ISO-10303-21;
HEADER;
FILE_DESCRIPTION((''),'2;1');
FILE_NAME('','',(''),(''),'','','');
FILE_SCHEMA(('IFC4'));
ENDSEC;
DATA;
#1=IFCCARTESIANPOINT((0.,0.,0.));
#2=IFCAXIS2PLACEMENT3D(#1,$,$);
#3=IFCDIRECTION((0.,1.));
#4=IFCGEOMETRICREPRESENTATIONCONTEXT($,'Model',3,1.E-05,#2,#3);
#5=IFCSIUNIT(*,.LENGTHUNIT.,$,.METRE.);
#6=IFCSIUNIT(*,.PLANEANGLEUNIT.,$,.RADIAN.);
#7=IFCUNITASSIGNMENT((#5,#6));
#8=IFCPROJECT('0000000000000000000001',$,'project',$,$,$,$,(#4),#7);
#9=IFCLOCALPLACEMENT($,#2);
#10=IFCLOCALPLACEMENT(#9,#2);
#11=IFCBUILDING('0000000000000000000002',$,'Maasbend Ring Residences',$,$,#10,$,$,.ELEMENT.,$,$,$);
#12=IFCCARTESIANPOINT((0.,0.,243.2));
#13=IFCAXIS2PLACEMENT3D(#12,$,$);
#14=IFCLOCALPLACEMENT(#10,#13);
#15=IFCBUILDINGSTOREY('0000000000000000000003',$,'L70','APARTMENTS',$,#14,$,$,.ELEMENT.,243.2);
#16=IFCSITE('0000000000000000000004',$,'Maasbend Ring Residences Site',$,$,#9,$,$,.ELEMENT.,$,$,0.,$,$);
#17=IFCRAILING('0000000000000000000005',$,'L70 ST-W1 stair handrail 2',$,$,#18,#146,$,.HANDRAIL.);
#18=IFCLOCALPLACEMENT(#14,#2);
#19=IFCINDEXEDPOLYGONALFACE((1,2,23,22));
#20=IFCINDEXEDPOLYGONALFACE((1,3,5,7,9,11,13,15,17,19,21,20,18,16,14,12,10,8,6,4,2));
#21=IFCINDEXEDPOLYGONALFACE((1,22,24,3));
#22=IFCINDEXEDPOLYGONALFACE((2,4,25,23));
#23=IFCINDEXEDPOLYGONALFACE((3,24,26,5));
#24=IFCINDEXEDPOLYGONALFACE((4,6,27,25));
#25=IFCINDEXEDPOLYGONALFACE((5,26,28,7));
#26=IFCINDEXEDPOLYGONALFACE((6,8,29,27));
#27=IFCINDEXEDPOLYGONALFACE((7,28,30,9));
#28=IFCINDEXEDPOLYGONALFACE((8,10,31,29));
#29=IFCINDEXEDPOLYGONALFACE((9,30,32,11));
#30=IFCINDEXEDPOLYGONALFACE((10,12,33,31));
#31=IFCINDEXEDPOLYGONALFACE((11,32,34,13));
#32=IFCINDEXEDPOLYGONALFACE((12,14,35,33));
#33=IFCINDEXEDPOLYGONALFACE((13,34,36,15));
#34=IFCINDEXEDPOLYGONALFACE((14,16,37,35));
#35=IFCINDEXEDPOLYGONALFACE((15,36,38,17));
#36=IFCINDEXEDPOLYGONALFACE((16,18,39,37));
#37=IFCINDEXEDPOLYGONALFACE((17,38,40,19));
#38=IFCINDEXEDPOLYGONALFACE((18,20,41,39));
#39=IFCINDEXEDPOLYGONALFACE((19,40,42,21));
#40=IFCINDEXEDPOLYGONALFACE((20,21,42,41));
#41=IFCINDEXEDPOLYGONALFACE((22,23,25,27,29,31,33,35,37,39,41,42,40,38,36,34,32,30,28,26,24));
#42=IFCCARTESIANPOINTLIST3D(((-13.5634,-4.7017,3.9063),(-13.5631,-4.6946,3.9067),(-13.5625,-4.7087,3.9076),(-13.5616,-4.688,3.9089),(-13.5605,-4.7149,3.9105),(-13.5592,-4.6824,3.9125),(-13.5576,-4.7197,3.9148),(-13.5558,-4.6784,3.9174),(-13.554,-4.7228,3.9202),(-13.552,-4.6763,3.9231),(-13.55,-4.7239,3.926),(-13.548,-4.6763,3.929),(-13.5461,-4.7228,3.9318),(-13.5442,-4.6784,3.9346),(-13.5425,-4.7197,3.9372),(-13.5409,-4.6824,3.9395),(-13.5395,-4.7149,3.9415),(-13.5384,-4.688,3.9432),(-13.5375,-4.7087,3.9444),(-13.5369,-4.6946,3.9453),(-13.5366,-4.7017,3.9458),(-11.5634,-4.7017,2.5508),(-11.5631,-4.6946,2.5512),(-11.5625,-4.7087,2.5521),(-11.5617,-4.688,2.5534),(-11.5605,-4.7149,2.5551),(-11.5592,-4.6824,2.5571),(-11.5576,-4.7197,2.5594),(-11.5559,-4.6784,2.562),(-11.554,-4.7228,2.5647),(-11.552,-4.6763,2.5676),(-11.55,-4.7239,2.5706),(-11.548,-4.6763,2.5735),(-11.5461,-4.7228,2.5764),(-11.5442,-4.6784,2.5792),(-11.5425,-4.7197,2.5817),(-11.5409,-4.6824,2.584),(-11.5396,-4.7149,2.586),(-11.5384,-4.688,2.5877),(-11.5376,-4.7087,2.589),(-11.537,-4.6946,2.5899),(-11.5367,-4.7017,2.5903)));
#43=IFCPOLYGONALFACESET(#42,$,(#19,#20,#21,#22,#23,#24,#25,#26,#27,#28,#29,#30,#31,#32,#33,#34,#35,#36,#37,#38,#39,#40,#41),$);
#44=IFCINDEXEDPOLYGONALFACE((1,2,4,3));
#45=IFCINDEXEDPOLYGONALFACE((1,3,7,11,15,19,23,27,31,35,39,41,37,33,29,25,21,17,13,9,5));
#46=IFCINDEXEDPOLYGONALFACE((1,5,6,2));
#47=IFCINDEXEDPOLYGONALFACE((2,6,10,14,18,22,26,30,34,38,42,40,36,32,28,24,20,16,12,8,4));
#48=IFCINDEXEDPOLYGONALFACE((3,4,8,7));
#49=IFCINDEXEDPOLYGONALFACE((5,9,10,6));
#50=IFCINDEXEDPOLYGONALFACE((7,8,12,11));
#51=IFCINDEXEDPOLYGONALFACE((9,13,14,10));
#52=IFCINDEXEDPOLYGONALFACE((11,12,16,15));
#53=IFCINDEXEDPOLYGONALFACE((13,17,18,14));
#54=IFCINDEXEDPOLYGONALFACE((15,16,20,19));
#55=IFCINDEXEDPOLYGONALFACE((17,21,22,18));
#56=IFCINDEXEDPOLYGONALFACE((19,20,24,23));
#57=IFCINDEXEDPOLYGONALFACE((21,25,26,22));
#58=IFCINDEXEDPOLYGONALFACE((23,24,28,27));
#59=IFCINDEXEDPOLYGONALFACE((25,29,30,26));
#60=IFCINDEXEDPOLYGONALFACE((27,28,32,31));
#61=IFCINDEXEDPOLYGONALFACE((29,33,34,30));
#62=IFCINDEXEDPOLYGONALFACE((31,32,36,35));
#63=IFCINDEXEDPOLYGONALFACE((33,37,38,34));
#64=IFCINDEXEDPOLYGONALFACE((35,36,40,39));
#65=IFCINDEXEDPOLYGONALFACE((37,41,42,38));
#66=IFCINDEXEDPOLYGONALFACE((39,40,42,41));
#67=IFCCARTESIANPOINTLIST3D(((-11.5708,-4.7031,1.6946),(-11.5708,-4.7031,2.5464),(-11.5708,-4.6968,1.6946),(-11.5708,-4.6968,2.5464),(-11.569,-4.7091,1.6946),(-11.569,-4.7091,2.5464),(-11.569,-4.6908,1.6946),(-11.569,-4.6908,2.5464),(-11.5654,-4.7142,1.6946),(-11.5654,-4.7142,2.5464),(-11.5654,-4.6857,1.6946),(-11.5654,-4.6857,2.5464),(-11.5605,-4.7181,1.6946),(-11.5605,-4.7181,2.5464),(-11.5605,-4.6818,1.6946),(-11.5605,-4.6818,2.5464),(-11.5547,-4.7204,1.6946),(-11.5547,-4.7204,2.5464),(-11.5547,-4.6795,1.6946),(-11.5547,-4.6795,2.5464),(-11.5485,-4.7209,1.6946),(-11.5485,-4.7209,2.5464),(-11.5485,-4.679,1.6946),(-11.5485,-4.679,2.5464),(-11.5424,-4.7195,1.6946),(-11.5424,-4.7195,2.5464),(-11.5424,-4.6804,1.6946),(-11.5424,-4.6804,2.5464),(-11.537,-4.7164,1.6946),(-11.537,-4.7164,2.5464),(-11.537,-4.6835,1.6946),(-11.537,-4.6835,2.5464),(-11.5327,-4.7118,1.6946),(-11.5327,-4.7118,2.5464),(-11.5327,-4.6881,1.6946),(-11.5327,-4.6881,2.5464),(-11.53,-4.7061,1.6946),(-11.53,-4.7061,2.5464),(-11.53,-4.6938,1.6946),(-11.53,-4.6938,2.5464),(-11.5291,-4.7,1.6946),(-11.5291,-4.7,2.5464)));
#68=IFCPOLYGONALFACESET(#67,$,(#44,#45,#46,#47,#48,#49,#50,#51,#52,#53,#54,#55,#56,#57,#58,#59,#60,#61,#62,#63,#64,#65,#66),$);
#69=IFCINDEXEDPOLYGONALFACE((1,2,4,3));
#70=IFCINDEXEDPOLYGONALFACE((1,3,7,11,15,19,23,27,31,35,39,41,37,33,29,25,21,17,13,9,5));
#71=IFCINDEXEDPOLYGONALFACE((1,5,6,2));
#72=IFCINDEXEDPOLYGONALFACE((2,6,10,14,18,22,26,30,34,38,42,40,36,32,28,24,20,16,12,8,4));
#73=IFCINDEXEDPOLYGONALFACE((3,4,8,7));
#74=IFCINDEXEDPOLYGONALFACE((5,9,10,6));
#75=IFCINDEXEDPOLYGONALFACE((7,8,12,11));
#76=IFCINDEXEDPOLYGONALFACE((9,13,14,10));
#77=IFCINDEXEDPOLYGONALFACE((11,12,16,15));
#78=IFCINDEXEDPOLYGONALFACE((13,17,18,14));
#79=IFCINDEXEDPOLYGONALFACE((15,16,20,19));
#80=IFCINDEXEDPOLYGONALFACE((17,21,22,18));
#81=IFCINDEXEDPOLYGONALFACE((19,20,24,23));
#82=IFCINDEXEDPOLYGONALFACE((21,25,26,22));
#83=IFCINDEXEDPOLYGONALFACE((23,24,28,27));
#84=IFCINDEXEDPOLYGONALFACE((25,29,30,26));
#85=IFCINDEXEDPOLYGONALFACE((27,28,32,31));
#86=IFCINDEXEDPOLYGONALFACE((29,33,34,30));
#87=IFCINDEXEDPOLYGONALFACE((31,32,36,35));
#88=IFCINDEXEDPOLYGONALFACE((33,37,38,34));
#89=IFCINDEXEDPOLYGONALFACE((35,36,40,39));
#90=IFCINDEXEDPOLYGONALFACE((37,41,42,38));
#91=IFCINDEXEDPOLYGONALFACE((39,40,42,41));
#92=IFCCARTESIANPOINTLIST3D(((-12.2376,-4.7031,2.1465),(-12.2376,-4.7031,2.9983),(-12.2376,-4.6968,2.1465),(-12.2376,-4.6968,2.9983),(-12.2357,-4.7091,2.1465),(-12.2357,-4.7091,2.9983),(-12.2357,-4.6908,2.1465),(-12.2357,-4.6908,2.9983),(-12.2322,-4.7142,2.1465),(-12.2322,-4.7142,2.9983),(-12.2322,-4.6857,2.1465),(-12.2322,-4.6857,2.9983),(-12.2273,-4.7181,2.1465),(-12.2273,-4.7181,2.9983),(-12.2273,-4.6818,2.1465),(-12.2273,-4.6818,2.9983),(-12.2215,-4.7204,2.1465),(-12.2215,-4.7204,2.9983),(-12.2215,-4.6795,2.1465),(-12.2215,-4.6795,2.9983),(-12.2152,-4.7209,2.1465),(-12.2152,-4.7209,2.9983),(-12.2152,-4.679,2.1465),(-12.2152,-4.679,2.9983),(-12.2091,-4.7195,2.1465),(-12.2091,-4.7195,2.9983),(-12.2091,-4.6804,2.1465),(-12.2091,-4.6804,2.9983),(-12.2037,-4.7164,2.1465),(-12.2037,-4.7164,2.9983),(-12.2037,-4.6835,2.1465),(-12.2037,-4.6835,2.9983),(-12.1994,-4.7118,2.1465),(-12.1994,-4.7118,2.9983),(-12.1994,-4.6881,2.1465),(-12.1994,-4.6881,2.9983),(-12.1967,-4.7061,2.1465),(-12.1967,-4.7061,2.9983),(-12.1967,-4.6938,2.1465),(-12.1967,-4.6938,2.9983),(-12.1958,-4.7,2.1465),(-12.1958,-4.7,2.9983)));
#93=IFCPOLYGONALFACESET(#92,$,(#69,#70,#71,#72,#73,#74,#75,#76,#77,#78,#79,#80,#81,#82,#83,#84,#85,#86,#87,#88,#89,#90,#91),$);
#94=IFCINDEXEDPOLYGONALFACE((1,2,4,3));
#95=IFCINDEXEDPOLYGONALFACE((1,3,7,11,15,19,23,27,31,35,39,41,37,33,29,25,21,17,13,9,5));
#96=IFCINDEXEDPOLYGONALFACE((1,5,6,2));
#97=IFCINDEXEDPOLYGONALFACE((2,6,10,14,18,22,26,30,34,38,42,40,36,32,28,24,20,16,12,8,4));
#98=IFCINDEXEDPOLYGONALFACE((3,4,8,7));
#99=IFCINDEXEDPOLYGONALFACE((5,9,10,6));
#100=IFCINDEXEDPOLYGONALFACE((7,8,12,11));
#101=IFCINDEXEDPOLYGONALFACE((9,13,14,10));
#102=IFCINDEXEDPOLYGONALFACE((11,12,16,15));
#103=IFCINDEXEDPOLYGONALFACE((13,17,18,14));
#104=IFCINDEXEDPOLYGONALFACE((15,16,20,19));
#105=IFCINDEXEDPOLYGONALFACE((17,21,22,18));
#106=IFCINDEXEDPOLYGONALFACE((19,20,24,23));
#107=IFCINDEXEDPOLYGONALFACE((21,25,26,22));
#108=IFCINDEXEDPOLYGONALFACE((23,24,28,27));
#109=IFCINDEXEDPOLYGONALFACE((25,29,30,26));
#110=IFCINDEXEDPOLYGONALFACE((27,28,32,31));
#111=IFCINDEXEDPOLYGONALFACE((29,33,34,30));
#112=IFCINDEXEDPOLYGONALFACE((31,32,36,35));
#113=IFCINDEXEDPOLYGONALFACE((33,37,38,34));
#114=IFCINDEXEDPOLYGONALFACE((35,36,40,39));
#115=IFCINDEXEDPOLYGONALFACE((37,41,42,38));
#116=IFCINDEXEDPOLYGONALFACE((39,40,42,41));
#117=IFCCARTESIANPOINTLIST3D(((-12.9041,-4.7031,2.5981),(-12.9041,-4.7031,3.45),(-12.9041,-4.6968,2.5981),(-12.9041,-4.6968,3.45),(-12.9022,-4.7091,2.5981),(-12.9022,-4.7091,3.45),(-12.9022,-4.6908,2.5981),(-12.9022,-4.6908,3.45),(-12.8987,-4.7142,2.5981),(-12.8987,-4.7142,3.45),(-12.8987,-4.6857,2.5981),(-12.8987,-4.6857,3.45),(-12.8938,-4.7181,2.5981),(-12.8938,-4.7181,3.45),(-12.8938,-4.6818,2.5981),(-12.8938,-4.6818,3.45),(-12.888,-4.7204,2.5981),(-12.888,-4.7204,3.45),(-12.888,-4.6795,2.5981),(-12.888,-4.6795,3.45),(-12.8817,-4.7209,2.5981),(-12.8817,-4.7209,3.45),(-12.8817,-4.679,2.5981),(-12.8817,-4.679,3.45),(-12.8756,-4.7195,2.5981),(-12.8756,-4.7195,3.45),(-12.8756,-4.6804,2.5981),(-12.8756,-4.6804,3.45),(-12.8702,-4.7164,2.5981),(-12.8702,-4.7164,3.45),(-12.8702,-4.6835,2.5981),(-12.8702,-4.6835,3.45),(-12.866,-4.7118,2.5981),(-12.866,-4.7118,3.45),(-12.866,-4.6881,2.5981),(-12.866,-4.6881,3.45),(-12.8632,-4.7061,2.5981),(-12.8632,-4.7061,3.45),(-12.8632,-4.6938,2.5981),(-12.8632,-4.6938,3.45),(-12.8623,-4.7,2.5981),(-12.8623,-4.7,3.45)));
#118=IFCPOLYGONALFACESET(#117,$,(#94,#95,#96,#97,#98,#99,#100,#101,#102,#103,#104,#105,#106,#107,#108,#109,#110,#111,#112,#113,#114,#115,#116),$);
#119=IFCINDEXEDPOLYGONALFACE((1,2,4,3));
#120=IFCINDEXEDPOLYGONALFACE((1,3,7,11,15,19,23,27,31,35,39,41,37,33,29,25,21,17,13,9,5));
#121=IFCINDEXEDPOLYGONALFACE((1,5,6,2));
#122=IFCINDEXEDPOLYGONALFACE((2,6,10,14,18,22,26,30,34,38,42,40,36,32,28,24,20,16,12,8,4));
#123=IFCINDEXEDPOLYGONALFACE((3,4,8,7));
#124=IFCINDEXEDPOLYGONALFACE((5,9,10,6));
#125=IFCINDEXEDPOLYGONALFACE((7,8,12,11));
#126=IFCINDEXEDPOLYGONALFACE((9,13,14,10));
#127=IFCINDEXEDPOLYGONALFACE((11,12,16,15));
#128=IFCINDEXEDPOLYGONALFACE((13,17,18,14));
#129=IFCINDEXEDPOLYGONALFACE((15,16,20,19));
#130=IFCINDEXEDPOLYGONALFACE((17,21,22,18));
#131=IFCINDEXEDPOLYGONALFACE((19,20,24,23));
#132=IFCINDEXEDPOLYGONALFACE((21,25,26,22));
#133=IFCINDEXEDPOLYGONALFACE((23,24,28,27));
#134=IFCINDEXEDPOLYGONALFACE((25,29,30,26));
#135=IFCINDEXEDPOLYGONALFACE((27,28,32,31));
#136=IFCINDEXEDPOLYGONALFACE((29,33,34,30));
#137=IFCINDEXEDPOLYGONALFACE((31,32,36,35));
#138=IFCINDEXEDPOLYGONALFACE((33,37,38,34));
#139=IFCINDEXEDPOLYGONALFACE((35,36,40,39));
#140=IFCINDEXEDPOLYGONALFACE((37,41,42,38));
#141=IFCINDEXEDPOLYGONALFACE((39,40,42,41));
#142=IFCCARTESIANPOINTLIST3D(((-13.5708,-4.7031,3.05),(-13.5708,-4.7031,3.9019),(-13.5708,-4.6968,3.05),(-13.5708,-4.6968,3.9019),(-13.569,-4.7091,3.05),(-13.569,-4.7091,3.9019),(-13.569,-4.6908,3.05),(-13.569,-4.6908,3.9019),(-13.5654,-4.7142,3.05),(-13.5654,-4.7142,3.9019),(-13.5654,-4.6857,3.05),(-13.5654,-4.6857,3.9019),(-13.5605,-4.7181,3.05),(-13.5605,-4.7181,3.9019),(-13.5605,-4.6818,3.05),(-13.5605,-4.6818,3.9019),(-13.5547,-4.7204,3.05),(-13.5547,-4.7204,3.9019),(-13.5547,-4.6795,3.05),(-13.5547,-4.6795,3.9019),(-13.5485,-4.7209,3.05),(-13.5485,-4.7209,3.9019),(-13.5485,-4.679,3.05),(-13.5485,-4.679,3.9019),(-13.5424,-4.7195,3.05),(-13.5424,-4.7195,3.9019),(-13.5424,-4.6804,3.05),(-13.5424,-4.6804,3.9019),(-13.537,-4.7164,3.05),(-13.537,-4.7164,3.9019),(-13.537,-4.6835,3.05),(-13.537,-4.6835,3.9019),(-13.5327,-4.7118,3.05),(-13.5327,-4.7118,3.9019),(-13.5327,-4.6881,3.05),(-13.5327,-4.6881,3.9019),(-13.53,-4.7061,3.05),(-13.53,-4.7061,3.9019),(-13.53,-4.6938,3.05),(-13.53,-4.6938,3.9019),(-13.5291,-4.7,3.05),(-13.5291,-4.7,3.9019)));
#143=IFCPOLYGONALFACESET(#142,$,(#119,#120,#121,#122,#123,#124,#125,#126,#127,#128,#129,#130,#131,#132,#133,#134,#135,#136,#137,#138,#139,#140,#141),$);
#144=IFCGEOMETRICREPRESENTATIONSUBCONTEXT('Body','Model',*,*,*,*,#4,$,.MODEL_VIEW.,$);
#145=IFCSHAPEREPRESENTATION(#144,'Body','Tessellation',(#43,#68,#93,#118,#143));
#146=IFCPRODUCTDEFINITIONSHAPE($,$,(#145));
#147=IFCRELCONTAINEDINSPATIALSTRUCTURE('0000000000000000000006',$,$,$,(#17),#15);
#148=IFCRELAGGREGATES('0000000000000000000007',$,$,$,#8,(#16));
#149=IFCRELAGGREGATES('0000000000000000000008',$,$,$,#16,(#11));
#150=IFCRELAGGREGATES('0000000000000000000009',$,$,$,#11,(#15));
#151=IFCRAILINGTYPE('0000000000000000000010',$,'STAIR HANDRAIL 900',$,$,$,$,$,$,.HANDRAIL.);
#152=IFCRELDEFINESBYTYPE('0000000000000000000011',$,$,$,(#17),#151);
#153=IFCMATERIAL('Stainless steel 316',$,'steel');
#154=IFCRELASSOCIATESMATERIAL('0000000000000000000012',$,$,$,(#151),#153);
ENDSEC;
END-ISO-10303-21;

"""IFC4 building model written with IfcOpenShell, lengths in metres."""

from ifc_helpers import new_model, si_unit, direction, frame, origin, origin_2d, place, context, subcontext, project, spatial, circle, extrude, material, type_object, element, save


model = new_model("IFC4")

# Units and contexts
model_context = context("Model", 3, precision=1e-05, world=origin(), true_north=direction((0.0, 1.0)))
body_context = subcontext(model_context, "Body", "Model", "MODEL_VIEW")
ifc_project = project(units=[si_unit("LENGTHUNIT", "METRE"), si_unit("PLANEANGLEUNIT", "RADIAN")], contexts=[model_context])

# Site, building, storey
site_placement = place(None, origin())
site = spatial("IfcSite", under=ifc_project, at=site_placement, Name="Maasbend Ring Residences Site", CompositionType="ELEMENT", RefElevation=0.0)
building_placement = place(site_placement, origin())
building = spatial("IfcBuilding", under=site, at=building_placement, Name="Maasbend Ring Residences", CompositionType="ELEMENT")
storey_placement = place(building_placement, frame((0.0, 0.0, 243.2)))
storey = spatial("IfcBuildingStorey", under=building, at=storey_placement, Name="L70", Description="APARTMENTS", CompositionType="ELEMENT", Elevation=243.2)

# Railing
ifc_material_1 = material(Name="Stainless steel 316", Category="steel")
railing_type_1 = type_object("IfcRailingType", Name="STAIR HANDRAIL 900", PredefinedType="HANDRAIL", material=ifc_material_1)
railing_1_placement = place(storey_placement, frame((-11.55, -4.7, 1.6946)))
element("IfcRailing", 1, at=railing_1_placement, inside=storey, type_object=railing_type_1, Name="L70 ST-W1 stair handrail 2", PredefinedType="HANDRAIL", context=body_context, shape_type="SweptSolid", body=[
    extrude(circle(Radius=0.0239, at=origin_2d()), frame((0.0, 0.0, 0.876), z_axis=(-0.827798, 0.0, 0.561027), x_axis=(0.0, -1.0, 0.0)), (0.0, 0.0, 1.0), 2.416),
    extrude(circle(Radius=0.021, at=origin_2d()), origin(), (0.0, 0.0, 1.0), 0.8518),
    extrude(circle(Radius=0.021, at=origin_2d()), frame((-0.6667, 0.0, 0.4519)), (0.0, 0.0, 1.0), 0.8518),
    extrude(circle(Radius=0.021, at=origin_2d()), frame((-1.3333, 0.0, 0.9036)), (0.0, 0.0, 1.0), 0.8518),
    extrude(circle(Radius=0.021, at=origin_2d()), frame((-2.0, 0.0, 1.3555)), (0.0, 0.0, 1.0), 0.8518),
])

save(model, "model.ifc")
